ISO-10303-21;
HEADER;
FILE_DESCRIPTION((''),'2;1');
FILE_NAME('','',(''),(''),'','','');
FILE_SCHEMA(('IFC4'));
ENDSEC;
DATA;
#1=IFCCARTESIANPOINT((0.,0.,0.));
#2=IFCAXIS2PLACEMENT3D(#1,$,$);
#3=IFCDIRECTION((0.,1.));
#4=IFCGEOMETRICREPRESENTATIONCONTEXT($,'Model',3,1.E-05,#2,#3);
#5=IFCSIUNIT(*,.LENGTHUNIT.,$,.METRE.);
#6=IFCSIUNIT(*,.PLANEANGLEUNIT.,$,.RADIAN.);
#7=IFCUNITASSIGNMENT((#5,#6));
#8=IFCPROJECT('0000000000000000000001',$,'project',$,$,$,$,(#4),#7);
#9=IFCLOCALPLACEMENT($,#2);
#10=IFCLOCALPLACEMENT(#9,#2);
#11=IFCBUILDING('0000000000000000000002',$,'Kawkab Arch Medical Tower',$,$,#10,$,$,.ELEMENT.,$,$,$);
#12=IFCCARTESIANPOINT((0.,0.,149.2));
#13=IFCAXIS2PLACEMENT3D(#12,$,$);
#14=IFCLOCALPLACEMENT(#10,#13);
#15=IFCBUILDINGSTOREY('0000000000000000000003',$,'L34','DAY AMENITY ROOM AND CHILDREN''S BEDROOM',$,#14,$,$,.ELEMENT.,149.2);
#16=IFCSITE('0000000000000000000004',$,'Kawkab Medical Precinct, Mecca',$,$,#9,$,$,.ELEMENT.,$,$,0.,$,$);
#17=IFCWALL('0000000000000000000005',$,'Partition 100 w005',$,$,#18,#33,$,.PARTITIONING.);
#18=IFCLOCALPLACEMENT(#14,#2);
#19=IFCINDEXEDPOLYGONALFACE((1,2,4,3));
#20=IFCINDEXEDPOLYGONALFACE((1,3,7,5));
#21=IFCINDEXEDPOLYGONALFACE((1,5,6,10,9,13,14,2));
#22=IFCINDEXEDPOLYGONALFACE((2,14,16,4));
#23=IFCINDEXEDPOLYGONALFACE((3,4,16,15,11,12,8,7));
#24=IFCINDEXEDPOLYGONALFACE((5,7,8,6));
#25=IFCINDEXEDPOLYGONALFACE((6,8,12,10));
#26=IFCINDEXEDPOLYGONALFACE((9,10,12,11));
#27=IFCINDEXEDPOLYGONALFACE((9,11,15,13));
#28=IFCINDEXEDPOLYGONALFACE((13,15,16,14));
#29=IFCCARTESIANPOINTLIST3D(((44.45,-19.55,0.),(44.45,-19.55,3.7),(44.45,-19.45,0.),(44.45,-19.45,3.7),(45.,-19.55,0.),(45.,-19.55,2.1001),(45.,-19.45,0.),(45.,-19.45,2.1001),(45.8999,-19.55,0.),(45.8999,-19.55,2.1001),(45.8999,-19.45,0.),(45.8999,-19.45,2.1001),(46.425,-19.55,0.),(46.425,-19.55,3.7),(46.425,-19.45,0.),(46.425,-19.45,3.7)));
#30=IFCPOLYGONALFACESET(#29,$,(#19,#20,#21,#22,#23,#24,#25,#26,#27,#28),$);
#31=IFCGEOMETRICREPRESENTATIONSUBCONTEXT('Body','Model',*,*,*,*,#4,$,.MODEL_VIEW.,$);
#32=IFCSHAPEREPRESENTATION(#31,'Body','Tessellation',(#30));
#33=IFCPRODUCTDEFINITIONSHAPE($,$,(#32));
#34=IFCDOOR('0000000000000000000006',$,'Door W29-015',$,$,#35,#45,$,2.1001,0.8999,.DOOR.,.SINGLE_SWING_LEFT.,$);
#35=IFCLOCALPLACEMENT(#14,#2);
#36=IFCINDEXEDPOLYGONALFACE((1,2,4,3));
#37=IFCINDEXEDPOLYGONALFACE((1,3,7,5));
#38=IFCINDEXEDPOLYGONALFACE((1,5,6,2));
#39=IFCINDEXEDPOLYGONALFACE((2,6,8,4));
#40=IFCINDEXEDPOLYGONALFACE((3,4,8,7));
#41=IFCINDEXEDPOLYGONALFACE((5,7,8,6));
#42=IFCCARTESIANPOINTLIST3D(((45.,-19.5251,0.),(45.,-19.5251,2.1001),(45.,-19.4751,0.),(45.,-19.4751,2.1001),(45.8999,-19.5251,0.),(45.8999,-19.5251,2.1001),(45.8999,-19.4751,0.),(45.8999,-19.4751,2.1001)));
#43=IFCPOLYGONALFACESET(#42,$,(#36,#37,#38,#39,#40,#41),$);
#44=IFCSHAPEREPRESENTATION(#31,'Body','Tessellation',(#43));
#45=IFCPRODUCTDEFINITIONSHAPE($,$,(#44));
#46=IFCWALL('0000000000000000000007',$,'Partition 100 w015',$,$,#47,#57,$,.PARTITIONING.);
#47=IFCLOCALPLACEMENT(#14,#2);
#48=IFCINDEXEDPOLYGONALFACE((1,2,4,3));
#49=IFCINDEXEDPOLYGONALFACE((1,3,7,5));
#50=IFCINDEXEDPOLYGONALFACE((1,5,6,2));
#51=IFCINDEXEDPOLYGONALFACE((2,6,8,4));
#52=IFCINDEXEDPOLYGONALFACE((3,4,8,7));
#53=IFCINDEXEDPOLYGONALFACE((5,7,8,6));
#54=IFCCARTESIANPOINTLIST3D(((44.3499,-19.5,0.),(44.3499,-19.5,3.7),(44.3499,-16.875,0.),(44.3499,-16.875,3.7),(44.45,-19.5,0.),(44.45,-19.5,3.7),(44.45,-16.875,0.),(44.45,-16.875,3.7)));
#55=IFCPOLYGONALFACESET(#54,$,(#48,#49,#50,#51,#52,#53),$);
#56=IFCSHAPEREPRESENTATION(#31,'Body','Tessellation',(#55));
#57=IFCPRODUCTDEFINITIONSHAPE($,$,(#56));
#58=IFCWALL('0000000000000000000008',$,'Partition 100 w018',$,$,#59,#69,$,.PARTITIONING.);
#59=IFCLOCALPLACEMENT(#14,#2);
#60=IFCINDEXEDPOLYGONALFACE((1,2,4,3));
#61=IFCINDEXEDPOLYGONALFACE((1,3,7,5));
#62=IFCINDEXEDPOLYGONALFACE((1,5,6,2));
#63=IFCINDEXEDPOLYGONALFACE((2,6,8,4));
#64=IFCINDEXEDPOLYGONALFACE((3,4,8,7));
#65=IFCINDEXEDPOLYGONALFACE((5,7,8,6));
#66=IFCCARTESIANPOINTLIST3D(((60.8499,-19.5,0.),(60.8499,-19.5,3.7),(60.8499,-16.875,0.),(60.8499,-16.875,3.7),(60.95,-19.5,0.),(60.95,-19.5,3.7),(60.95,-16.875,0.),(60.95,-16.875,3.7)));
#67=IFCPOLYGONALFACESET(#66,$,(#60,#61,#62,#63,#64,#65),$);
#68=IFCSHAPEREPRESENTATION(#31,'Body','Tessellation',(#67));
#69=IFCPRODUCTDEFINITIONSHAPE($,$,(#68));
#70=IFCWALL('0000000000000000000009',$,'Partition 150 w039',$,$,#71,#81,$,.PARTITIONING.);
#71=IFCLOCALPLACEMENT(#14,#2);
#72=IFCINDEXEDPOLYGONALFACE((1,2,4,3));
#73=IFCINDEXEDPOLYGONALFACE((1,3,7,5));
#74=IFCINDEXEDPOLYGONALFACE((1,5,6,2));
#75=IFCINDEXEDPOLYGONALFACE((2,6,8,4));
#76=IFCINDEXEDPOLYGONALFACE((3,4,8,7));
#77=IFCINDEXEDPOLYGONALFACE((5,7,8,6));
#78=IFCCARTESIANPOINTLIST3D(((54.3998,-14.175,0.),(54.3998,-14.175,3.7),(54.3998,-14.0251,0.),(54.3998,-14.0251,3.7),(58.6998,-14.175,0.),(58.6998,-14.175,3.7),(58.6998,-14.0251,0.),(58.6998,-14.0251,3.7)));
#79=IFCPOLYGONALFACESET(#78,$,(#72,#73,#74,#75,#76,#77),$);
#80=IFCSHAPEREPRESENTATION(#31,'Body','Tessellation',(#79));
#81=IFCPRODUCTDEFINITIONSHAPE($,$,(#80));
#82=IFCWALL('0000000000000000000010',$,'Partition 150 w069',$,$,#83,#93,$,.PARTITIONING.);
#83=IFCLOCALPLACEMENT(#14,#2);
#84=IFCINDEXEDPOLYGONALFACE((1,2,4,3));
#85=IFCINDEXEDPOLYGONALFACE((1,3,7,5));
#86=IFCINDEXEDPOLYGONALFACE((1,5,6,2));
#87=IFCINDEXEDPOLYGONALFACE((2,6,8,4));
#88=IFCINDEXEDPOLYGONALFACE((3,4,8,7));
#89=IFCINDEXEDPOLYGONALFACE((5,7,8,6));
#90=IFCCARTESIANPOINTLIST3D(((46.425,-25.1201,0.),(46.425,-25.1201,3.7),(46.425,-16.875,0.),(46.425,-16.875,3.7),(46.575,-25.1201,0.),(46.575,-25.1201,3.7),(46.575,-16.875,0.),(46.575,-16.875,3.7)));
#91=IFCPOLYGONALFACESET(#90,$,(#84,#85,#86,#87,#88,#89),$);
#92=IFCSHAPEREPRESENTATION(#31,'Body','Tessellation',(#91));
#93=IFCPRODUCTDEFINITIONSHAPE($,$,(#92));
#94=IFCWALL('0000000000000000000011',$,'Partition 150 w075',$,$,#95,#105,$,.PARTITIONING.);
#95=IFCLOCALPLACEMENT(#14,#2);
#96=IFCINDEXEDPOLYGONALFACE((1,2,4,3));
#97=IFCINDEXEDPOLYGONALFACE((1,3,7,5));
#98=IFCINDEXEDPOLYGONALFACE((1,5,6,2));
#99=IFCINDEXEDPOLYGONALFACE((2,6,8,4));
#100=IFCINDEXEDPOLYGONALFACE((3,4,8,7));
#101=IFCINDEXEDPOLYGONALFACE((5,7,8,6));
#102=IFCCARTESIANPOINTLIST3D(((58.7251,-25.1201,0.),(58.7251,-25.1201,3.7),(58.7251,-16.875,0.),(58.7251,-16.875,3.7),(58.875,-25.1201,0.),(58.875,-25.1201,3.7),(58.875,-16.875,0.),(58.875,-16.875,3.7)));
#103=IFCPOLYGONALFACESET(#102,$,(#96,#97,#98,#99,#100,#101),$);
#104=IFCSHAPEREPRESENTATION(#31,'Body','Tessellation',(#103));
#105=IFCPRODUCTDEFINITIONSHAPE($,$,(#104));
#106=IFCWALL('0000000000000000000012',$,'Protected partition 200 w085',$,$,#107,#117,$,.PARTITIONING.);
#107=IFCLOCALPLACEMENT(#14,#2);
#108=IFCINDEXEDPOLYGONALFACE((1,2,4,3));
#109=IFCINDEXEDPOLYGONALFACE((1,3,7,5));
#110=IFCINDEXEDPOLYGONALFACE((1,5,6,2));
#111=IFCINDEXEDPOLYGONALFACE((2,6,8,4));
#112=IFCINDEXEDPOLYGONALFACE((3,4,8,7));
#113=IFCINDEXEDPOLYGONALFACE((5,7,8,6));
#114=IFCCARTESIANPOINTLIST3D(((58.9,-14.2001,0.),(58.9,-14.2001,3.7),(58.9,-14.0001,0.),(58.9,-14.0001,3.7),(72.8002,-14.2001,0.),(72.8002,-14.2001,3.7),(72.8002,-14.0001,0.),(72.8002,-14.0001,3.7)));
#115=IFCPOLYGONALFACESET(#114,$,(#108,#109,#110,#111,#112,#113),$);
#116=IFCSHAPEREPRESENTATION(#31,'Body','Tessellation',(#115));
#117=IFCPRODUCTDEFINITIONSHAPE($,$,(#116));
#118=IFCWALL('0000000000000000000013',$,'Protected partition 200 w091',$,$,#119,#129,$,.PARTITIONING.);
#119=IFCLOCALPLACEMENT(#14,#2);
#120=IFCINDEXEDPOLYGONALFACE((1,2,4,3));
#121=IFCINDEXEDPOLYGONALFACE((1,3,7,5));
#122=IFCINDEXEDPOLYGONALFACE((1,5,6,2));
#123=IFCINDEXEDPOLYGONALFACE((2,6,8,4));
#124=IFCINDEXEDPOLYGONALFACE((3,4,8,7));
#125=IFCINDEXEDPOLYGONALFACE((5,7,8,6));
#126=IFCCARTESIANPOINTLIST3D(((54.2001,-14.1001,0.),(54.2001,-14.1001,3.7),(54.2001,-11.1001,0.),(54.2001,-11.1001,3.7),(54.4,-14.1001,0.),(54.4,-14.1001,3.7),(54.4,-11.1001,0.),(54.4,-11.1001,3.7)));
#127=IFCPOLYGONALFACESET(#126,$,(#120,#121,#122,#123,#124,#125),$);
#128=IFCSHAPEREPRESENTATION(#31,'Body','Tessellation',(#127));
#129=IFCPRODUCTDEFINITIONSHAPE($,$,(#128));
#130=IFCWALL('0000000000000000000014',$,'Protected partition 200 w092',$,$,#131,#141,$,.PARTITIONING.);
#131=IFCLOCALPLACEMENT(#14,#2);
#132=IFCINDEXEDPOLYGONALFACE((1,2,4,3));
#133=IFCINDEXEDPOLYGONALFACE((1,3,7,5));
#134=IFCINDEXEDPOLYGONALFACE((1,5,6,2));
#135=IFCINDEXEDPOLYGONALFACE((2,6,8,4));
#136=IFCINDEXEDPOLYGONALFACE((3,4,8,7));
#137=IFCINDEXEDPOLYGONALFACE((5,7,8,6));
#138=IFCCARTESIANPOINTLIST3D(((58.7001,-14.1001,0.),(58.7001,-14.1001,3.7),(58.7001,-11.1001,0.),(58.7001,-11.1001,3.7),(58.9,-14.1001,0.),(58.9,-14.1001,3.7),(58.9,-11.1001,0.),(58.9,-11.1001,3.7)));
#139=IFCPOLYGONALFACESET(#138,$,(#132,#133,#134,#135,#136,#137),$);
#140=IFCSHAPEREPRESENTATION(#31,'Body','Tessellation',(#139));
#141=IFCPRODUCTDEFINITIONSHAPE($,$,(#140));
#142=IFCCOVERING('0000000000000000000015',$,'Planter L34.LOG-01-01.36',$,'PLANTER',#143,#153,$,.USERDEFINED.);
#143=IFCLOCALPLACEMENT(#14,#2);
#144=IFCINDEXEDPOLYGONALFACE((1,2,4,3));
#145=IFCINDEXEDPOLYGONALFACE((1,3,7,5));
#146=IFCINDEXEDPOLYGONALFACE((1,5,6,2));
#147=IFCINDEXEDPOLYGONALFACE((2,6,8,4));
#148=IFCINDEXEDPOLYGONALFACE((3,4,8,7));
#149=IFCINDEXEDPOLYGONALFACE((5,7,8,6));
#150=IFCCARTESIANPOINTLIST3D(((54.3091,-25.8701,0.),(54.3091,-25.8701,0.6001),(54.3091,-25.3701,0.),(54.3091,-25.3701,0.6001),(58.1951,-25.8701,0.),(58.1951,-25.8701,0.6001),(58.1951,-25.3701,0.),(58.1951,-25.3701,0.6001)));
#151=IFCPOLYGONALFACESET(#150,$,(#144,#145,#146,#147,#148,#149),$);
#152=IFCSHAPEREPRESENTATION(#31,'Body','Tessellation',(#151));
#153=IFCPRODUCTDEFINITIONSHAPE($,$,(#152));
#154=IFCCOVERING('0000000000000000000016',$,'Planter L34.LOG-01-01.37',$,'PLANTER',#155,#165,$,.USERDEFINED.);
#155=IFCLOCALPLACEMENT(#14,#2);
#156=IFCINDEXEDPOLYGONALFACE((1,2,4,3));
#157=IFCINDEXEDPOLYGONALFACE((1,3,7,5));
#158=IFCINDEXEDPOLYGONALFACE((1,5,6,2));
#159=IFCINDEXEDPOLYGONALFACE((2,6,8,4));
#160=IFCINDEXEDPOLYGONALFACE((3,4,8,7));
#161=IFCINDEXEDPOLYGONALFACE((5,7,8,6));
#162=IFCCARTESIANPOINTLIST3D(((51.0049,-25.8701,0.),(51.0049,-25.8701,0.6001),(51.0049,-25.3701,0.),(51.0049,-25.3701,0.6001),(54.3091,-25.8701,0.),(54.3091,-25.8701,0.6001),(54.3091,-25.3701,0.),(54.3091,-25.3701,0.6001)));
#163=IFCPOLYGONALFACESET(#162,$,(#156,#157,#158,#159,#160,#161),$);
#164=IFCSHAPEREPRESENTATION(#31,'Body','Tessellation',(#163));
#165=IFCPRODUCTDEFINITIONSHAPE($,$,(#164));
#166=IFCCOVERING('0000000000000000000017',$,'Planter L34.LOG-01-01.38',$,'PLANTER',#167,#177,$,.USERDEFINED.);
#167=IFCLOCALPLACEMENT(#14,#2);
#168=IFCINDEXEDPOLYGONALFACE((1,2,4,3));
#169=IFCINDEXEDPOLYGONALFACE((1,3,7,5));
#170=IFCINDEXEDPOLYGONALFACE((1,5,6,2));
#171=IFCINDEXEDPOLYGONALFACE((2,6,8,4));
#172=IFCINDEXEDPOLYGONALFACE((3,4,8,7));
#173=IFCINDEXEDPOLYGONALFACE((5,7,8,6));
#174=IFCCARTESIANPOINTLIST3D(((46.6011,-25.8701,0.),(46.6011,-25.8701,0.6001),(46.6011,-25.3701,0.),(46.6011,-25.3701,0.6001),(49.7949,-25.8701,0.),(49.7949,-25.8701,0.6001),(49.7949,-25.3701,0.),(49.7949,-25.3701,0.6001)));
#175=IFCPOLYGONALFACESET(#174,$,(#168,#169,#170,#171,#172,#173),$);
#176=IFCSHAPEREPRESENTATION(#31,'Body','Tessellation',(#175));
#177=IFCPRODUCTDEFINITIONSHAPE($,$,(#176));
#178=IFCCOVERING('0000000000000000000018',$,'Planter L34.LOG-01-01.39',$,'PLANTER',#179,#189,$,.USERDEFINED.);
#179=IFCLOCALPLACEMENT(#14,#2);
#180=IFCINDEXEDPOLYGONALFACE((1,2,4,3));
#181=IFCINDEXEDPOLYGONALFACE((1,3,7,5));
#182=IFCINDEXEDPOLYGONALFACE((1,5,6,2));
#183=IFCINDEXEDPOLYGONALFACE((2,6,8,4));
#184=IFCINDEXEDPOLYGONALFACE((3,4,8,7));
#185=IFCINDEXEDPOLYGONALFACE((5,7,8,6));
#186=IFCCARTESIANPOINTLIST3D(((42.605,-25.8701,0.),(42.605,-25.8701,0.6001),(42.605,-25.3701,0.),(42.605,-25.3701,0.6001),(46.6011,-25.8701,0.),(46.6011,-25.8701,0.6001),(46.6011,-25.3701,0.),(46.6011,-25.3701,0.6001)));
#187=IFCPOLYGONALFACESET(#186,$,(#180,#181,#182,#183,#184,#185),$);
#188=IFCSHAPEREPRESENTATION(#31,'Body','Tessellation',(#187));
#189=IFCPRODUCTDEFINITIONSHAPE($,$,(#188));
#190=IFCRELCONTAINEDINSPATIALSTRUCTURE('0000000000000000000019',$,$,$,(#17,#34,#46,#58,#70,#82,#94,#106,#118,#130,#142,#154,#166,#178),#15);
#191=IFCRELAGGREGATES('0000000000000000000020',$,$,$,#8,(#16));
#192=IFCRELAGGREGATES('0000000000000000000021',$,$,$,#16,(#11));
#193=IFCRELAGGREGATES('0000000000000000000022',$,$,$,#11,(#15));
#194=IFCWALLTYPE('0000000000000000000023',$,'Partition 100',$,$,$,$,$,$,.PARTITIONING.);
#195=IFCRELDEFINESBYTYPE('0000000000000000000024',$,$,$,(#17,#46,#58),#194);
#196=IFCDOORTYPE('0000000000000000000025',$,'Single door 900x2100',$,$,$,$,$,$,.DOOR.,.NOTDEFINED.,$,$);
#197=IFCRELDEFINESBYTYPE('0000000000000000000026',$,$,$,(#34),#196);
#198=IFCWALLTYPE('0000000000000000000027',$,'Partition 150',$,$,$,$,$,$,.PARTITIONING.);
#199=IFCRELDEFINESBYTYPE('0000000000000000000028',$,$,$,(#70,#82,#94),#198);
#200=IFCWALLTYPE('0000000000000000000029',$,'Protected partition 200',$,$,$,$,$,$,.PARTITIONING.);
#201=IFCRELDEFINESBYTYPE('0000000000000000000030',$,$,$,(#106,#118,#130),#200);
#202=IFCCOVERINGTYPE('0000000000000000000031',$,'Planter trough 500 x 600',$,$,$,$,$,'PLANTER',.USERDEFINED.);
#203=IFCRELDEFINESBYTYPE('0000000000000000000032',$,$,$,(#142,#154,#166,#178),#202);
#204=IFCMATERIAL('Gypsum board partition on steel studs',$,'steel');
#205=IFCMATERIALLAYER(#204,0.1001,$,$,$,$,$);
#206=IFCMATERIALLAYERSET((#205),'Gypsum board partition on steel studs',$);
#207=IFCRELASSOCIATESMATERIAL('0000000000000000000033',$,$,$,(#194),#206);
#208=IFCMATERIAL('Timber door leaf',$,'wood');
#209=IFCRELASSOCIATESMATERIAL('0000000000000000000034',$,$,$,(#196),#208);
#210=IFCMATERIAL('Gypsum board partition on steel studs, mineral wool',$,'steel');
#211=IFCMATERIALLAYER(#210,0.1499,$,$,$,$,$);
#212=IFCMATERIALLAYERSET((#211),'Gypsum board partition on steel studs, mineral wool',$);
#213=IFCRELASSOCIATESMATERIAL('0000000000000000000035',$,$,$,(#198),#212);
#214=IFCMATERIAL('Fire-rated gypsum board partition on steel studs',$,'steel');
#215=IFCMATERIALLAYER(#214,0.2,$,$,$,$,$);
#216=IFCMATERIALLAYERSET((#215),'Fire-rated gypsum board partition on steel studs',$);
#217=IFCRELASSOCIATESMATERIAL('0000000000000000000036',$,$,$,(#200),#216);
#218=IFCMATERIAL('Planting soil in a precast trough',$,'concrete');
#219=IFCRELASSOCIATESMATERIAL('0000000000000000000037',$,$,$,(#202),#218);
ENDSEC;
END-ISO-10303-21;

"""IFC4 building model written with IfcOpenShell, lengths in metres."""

from ifc_helpers import new_model, si_unit, direction, frame, frame_2d, origin, origin_2d, place, context, subcontext, project, spatial, rectangle, extrude, material, layer, layer_set, material_profile, profile_set, type_object, element, fill, save


model = new_model("IFC4")

# Units and contexts
model_context = context("Model", 3, precision=1e-05, world=origin(), true_north=direction((0.0, 1.0)))
body_context = subcontext(model_context, "Body", "Model", "MODEL_VIEW")
ifc_project = project(units=[si_unit("LENGTHUNIT", "METRE"), si_unit("PLANEANGLEUNIT", "RADIAN")], contexts=[model_context])

# Site, building, storey
site_placement = place(None, origin())
site = spatial("IfcSite", under=ifc_project, at=site_placement, Name="Kawkab Medical Precinct, Mecca", CompositionType="ELEMENT", RefElevation=0.0)
building_placement = place(site_placement, origin())
building = spatial("IfcBuilding", under=site, at=building_placement, Name="Kawkab Arch Medical Tower", CompositionType="ELEMENT")
storey_placement = place(building_placement, frame((0.0, 0.0, 149.2)))
storey = spatial("IfcBuildingStorey", under=building, at=storey_placement, Name="L34", Description="DAY AMENITY ROOM AND CHILDREN'S BEDROOM", CompositionType="ELEMENT", Elevation=149.2)

# Wall, opening, door
ifc_material_1 = material(Name="Gypsum board partition on steel studs", Category="steel")
ifc_layer_1 = layer(ifc_material_1, 0.1001)
ifc_layer_set_1 = layer_set([ifc_layer_1], Name="Gypsum board partition on steel studs")
wall_type_1 = type_object("IfcWallType", Name="Partition 100", PredefinedType="PARTITIONING", material=ifc_layer_set_1)
wall_1_placement = place(storey_placement, frame((44.45, -19.5, 0.0), z_axis=(0.0, 0.0, 1.0), x_axis=(1.0, 0.0, 0.0)))
wall_1 = element("IfcWall", 1, at=wall_1_placement, inside=storey, type_object=wall_type_1, Name="Partition 100 w005", PredefinedType="PARTITIONING", context=body_context, shape_type="SweptSolid", body=[
    extrude(rectangle(XDim=1.9751, YDim=0.1001, at=frame_2d((0.9875, 0.0))), origin(), (0.0, 0.0, 1.0), 3.7),
])
opening_placement = place(wall_1_placement, frame((0.55, 0.0, 0.0)))
opening = element("IfcOpeningElement", 2, at=opening_placement, cuts=wall_1, PredefinedType="OPENING", context=body_context, shape_type="SweptSolid", body=[
    extrude(rectangle(XDim=0.8999, YDim=2.1001, at=frame_2d((0.45, 1.05))), frame((0.0, 0.0601, 0.0), z_axis=(0.0, -1.0, 0.0), x_axis=(1.0, 0.0, 0.0)), (0.0, 0.0, 1.0), 0.1201),
])
ifc_material_2 = material(Name="Timber door leaf", Category="wood")
door_type = type_object("IfcDoorType", Name="Single door 900x2100", OperationType="NOTDEFINED", PredefinedType="DOOR", material=ifc_material_2)
door_placement = place(opening_placement, origin())
door = element("IfcDoor", 3, at=door_placement, inside=storey, type_object=door_type, Name="Door W29-015", OperationType="SINGLE_SWING_LEFT", OverallHeight=2.1001, OverallWidth=0.8999, PredefinedType="DOOR", context=body_context, shape_type="SweptSolid", body=[
    extrude(rectangle(XDim=0.8999, YDim=2.1001, at=frame_2d((0.45, 1.05))), frame((0.0, 0.0249, 0.0), z_axis=(0.0, -1.0, 0.0), x_axis=(1.0, 0.0, 0.0)), (0.0, 0.0, 1.0), 0.05),
])
fill(opening, door)

# Walls
for number, where, z_axis, x_axis, name in (
    (4, (44.3999, -19.5, 0.0), (0.0, 0.0, 1.0), (0.0, 1.0, 0.0), "Partition 100 w015"),
    (5, (60.8999, -19.5, 0.0), (0.0, 0.0, 1.0), (0.0, 1.0, 0.0), "Partition 100 w018"),
):
    element("IfcWall", number, at=place(storey_placement, frame(where, z_axis=z_axis, x_axis=x_axis)), inside=storey, type_object=wall_type_1, Name=name, PredefinedType="PARTITIONING", context=body_context, shape_type="SweptSolid", body=[
        extrude(rectangle(XDim=2.625, YDim=0.1001, at=frame_2d((1.3125, 0.0))), origin(), (0.0, 0.0, 1.0), 3.7),
    ])
ifc_material_3 = material(Name="Gypsum board partition on steel studs, mineral wool", Category="steel")
ifc_layer_2 = layer(ifc_material_3, 0.1499)
ifc_layer_set_2 = layer_set([ifc_layer_2], Name="Gypsum board partition on steel studs, mineral wool")
wall_type_2 = type_object("IfcWallType", Name="Partition 150", PredefinedType="PARTITIONING", material=ifc_layer_set_2)
wall_2_placement = place(storey_placement, frame((54.3999, -14.1001, 0.0), z_axis=(0.0, 0.0, 1.0), x_axis=(1.0, 0.0, 0.0)))
element("IfcWall", 6, at=wall_2_placement, inside=storey, type_object=wall_type_2, Name="Partition 150 w039", PredefinedType="PARTITIONING", context=body_context, shape_type="SweptSolid", body=[
    extrude(rectangle(XDim=4.3, YDim=0.1499, at=frame_2d((2.1499, 0.0))), origin(), (0.0, 0.0, 1.0), 3.7),
])
for number, where, z_axis, x_axis, name in (
    (7, (46.5, -25.1201, 0.0), (0.0, 0.0, 1.0), (0.0, 1.0, 0.0), "Partition 150 w069"),
    (8, (58.8, -25.1201, 0.0), (0.0, 0.0, 1.0), (0.0, 1.0, 0.0), "Partition 150 w075"),
):
    element("IfcWall", number, at=place(storey_placement, frame(where, z_axis=z_axis, x_axis=x_axis)), inside=storey, type_object=wall_type_2, Name=name, PredefinedType="PARTITIONING", context=body_context, shape_type="SweptSolid", body=[
        extrude(rectangle(XDim=8.2451, YDim=0.1499, at=frame_2d((4.1226, 0.0))), origin(), (0.0, 0.0, 1.0), 3.7),
    ])
ifc_material_4 = material(Name="Fire-rated gypsum board partition on steel studs", Category="steel")
ifc_layer_3 = layer(ifc_material_4, 0.2)
ifc_layer_set_3 = layer_set([ifc_layer_3], Name="Fire-rated gypsum board partition on steel studs")
wall_type_3 = type_object("IfcWallType", Name="Protected partition 200", PredefinedType="PARTITIONING", material=ifc_layer_set_3)
wall_3_placement = place(storey_placement, frame((58.8999, -14.1001, 0.0), z_axis=(0.0, 0.0, 1.0), x_axis=(1.0, 0.0, 0.0)))
element("IfcWall", 9, at=wall_3_placement, inside=storey, type_object=wall_type_3, Name="Protected partition 200 w085", PredefinedType="PARTITIONING", context=body_context, shape_type="SweptSolid", body=[
    extrude(rectangle(XDim=13.9001, YDim=0.2, at=frame_2d((6.9502, 0.0))), origin(), (0.0, 0.0, 1.0), 3.7),
])
for number, where, z_axis, x_axis, name in (
    (10, (54.3, -14.1001, 0.0), (0.0, 0.0, 1.0), (0.0, 1.0, 0.0), "Protected partition 200 w091"),
    (11, (58.8, -14.1001, 0.0), (0.0, 0.0, 1.0), (0.0, 1.0, 0.0), "Protected partition 200 w092"),
):
    element("IfcWall", number, at=place(storey_placement, frame(where, z_axis=z_axis, x_axis=x_axis)), inside=storey, type_object=wall_type_3, Name=name, PredefinedType="PARTITIONING", context=body_context, shape_type="SweptSolid", body=[
        extrude(rectangle(XDim=3.0, YDim=0.2, at=frame_2d((1.5, 0.0))), origin(), (0.0, 0.0, 1.0), 3.7),
    ])

# Coverings
ifc_material_5 = material(Name="Planting soil in a precast trough", Category="concrete")
ifc_material_profile_1 = material_profile(ifc_material_5, rectangle(XDim=0.5, YDim=0.6001, at=origin_2d()), Name="Trough 500x600")
ifc_profile_set_1 = profile_set([ifc_material_profile_1], Name="Planting soil in a precast trough")
covering_type = type_object("IfcCoveringType", Name="Planter trough 500 x 600", ElementType="PLANTER", PredefinedType="USERDEFINED", material=ifc_profile_set_1)
covering_1_placement = place(storey_placement, frame((58.1951, -25.6201, 0.3), z_axis=(-1.0, 0.0, 0.0), x_axis=(0.0, -1.0, 0.0)))
element("IfcCovering", 12, at=covering_1_placement, inside=storey, type_object=covering_type, Name="Planter L34.LOG-01-01.36", ObjectType="PLANTER", PredefinedType="USERDEFINED", context=body_context, shape_type="SweptSolid", body=[
    extrude(rectangle(XDim=0.5, YDim=0.6001, at=origin_2d()), origin(), (0.0, 0.0, 1.0), 3.886),
])
covering_2_placement = place(storey_placement, frame((54.3091, -25.6201, 0.3), z_axis=(-1.0, 0.0, 0.0), x_axis=(0.0, -1.0, 0.0)))
element("IfcCovering", 13, at=covering_2_placement, inside=storey, type_object=covering_type, Name="Planter L34.LOG-01-01.37", ObjectType="PLANTER", PredefinedType="USERDEFINED", context=body_context, shape_type="SweptSolid", body=[
    extrude(rectangle(XDim=0.5, YDim=0.6001, at=origin_2d()), origin(), (0.0, 0.0, 1.0), 3.3042),
])
covering_3_placement = place(storey_placement, frame((49.7949, -25.6201, 0.3), z_axis=(-1.0, 0.0, 0.0), x_axis=(0.0, -1.0, 0.0)))
element("IfcCovering", 14, at=covering_3_placement, inside=storey, type_object=covering_type, Name="Planter L34.LOG-01-01.38", ObjectType="PLANTER", PredefinedType="USERDEFINED", context=body_context, shape_type="SweptSolid", body=[
    extrude(rectangle(XDim=0.5, YDim=0.6001, at=origin_2d()), origin(), (0.0, 0.0, 1.0), 3.1938),
])
covering_4_placement = place(storey_placement, frame((46.6011, -25.6201, 0.3), z_axis=(-1.0, 0.0, 0.0), x_axis=(0.0, -1.0, 0.0)))
element("IfcCovering", 15, at=covering_4_placement, inside=storey, type_object=covering_type, Name="Planter L34.LOG-01-01.39", ObjectType="PLANTER", PredefinedType="USERDEFINED", context=body_context, shape_type="SweptSolid", body=[
    extrude(rectangle(XDim=0.5, YDim=0.6001, at=origin_2d()), origin(), (0.0, 0.0, 1.0), 3.9961),
])

save(model, "model.ifc")
